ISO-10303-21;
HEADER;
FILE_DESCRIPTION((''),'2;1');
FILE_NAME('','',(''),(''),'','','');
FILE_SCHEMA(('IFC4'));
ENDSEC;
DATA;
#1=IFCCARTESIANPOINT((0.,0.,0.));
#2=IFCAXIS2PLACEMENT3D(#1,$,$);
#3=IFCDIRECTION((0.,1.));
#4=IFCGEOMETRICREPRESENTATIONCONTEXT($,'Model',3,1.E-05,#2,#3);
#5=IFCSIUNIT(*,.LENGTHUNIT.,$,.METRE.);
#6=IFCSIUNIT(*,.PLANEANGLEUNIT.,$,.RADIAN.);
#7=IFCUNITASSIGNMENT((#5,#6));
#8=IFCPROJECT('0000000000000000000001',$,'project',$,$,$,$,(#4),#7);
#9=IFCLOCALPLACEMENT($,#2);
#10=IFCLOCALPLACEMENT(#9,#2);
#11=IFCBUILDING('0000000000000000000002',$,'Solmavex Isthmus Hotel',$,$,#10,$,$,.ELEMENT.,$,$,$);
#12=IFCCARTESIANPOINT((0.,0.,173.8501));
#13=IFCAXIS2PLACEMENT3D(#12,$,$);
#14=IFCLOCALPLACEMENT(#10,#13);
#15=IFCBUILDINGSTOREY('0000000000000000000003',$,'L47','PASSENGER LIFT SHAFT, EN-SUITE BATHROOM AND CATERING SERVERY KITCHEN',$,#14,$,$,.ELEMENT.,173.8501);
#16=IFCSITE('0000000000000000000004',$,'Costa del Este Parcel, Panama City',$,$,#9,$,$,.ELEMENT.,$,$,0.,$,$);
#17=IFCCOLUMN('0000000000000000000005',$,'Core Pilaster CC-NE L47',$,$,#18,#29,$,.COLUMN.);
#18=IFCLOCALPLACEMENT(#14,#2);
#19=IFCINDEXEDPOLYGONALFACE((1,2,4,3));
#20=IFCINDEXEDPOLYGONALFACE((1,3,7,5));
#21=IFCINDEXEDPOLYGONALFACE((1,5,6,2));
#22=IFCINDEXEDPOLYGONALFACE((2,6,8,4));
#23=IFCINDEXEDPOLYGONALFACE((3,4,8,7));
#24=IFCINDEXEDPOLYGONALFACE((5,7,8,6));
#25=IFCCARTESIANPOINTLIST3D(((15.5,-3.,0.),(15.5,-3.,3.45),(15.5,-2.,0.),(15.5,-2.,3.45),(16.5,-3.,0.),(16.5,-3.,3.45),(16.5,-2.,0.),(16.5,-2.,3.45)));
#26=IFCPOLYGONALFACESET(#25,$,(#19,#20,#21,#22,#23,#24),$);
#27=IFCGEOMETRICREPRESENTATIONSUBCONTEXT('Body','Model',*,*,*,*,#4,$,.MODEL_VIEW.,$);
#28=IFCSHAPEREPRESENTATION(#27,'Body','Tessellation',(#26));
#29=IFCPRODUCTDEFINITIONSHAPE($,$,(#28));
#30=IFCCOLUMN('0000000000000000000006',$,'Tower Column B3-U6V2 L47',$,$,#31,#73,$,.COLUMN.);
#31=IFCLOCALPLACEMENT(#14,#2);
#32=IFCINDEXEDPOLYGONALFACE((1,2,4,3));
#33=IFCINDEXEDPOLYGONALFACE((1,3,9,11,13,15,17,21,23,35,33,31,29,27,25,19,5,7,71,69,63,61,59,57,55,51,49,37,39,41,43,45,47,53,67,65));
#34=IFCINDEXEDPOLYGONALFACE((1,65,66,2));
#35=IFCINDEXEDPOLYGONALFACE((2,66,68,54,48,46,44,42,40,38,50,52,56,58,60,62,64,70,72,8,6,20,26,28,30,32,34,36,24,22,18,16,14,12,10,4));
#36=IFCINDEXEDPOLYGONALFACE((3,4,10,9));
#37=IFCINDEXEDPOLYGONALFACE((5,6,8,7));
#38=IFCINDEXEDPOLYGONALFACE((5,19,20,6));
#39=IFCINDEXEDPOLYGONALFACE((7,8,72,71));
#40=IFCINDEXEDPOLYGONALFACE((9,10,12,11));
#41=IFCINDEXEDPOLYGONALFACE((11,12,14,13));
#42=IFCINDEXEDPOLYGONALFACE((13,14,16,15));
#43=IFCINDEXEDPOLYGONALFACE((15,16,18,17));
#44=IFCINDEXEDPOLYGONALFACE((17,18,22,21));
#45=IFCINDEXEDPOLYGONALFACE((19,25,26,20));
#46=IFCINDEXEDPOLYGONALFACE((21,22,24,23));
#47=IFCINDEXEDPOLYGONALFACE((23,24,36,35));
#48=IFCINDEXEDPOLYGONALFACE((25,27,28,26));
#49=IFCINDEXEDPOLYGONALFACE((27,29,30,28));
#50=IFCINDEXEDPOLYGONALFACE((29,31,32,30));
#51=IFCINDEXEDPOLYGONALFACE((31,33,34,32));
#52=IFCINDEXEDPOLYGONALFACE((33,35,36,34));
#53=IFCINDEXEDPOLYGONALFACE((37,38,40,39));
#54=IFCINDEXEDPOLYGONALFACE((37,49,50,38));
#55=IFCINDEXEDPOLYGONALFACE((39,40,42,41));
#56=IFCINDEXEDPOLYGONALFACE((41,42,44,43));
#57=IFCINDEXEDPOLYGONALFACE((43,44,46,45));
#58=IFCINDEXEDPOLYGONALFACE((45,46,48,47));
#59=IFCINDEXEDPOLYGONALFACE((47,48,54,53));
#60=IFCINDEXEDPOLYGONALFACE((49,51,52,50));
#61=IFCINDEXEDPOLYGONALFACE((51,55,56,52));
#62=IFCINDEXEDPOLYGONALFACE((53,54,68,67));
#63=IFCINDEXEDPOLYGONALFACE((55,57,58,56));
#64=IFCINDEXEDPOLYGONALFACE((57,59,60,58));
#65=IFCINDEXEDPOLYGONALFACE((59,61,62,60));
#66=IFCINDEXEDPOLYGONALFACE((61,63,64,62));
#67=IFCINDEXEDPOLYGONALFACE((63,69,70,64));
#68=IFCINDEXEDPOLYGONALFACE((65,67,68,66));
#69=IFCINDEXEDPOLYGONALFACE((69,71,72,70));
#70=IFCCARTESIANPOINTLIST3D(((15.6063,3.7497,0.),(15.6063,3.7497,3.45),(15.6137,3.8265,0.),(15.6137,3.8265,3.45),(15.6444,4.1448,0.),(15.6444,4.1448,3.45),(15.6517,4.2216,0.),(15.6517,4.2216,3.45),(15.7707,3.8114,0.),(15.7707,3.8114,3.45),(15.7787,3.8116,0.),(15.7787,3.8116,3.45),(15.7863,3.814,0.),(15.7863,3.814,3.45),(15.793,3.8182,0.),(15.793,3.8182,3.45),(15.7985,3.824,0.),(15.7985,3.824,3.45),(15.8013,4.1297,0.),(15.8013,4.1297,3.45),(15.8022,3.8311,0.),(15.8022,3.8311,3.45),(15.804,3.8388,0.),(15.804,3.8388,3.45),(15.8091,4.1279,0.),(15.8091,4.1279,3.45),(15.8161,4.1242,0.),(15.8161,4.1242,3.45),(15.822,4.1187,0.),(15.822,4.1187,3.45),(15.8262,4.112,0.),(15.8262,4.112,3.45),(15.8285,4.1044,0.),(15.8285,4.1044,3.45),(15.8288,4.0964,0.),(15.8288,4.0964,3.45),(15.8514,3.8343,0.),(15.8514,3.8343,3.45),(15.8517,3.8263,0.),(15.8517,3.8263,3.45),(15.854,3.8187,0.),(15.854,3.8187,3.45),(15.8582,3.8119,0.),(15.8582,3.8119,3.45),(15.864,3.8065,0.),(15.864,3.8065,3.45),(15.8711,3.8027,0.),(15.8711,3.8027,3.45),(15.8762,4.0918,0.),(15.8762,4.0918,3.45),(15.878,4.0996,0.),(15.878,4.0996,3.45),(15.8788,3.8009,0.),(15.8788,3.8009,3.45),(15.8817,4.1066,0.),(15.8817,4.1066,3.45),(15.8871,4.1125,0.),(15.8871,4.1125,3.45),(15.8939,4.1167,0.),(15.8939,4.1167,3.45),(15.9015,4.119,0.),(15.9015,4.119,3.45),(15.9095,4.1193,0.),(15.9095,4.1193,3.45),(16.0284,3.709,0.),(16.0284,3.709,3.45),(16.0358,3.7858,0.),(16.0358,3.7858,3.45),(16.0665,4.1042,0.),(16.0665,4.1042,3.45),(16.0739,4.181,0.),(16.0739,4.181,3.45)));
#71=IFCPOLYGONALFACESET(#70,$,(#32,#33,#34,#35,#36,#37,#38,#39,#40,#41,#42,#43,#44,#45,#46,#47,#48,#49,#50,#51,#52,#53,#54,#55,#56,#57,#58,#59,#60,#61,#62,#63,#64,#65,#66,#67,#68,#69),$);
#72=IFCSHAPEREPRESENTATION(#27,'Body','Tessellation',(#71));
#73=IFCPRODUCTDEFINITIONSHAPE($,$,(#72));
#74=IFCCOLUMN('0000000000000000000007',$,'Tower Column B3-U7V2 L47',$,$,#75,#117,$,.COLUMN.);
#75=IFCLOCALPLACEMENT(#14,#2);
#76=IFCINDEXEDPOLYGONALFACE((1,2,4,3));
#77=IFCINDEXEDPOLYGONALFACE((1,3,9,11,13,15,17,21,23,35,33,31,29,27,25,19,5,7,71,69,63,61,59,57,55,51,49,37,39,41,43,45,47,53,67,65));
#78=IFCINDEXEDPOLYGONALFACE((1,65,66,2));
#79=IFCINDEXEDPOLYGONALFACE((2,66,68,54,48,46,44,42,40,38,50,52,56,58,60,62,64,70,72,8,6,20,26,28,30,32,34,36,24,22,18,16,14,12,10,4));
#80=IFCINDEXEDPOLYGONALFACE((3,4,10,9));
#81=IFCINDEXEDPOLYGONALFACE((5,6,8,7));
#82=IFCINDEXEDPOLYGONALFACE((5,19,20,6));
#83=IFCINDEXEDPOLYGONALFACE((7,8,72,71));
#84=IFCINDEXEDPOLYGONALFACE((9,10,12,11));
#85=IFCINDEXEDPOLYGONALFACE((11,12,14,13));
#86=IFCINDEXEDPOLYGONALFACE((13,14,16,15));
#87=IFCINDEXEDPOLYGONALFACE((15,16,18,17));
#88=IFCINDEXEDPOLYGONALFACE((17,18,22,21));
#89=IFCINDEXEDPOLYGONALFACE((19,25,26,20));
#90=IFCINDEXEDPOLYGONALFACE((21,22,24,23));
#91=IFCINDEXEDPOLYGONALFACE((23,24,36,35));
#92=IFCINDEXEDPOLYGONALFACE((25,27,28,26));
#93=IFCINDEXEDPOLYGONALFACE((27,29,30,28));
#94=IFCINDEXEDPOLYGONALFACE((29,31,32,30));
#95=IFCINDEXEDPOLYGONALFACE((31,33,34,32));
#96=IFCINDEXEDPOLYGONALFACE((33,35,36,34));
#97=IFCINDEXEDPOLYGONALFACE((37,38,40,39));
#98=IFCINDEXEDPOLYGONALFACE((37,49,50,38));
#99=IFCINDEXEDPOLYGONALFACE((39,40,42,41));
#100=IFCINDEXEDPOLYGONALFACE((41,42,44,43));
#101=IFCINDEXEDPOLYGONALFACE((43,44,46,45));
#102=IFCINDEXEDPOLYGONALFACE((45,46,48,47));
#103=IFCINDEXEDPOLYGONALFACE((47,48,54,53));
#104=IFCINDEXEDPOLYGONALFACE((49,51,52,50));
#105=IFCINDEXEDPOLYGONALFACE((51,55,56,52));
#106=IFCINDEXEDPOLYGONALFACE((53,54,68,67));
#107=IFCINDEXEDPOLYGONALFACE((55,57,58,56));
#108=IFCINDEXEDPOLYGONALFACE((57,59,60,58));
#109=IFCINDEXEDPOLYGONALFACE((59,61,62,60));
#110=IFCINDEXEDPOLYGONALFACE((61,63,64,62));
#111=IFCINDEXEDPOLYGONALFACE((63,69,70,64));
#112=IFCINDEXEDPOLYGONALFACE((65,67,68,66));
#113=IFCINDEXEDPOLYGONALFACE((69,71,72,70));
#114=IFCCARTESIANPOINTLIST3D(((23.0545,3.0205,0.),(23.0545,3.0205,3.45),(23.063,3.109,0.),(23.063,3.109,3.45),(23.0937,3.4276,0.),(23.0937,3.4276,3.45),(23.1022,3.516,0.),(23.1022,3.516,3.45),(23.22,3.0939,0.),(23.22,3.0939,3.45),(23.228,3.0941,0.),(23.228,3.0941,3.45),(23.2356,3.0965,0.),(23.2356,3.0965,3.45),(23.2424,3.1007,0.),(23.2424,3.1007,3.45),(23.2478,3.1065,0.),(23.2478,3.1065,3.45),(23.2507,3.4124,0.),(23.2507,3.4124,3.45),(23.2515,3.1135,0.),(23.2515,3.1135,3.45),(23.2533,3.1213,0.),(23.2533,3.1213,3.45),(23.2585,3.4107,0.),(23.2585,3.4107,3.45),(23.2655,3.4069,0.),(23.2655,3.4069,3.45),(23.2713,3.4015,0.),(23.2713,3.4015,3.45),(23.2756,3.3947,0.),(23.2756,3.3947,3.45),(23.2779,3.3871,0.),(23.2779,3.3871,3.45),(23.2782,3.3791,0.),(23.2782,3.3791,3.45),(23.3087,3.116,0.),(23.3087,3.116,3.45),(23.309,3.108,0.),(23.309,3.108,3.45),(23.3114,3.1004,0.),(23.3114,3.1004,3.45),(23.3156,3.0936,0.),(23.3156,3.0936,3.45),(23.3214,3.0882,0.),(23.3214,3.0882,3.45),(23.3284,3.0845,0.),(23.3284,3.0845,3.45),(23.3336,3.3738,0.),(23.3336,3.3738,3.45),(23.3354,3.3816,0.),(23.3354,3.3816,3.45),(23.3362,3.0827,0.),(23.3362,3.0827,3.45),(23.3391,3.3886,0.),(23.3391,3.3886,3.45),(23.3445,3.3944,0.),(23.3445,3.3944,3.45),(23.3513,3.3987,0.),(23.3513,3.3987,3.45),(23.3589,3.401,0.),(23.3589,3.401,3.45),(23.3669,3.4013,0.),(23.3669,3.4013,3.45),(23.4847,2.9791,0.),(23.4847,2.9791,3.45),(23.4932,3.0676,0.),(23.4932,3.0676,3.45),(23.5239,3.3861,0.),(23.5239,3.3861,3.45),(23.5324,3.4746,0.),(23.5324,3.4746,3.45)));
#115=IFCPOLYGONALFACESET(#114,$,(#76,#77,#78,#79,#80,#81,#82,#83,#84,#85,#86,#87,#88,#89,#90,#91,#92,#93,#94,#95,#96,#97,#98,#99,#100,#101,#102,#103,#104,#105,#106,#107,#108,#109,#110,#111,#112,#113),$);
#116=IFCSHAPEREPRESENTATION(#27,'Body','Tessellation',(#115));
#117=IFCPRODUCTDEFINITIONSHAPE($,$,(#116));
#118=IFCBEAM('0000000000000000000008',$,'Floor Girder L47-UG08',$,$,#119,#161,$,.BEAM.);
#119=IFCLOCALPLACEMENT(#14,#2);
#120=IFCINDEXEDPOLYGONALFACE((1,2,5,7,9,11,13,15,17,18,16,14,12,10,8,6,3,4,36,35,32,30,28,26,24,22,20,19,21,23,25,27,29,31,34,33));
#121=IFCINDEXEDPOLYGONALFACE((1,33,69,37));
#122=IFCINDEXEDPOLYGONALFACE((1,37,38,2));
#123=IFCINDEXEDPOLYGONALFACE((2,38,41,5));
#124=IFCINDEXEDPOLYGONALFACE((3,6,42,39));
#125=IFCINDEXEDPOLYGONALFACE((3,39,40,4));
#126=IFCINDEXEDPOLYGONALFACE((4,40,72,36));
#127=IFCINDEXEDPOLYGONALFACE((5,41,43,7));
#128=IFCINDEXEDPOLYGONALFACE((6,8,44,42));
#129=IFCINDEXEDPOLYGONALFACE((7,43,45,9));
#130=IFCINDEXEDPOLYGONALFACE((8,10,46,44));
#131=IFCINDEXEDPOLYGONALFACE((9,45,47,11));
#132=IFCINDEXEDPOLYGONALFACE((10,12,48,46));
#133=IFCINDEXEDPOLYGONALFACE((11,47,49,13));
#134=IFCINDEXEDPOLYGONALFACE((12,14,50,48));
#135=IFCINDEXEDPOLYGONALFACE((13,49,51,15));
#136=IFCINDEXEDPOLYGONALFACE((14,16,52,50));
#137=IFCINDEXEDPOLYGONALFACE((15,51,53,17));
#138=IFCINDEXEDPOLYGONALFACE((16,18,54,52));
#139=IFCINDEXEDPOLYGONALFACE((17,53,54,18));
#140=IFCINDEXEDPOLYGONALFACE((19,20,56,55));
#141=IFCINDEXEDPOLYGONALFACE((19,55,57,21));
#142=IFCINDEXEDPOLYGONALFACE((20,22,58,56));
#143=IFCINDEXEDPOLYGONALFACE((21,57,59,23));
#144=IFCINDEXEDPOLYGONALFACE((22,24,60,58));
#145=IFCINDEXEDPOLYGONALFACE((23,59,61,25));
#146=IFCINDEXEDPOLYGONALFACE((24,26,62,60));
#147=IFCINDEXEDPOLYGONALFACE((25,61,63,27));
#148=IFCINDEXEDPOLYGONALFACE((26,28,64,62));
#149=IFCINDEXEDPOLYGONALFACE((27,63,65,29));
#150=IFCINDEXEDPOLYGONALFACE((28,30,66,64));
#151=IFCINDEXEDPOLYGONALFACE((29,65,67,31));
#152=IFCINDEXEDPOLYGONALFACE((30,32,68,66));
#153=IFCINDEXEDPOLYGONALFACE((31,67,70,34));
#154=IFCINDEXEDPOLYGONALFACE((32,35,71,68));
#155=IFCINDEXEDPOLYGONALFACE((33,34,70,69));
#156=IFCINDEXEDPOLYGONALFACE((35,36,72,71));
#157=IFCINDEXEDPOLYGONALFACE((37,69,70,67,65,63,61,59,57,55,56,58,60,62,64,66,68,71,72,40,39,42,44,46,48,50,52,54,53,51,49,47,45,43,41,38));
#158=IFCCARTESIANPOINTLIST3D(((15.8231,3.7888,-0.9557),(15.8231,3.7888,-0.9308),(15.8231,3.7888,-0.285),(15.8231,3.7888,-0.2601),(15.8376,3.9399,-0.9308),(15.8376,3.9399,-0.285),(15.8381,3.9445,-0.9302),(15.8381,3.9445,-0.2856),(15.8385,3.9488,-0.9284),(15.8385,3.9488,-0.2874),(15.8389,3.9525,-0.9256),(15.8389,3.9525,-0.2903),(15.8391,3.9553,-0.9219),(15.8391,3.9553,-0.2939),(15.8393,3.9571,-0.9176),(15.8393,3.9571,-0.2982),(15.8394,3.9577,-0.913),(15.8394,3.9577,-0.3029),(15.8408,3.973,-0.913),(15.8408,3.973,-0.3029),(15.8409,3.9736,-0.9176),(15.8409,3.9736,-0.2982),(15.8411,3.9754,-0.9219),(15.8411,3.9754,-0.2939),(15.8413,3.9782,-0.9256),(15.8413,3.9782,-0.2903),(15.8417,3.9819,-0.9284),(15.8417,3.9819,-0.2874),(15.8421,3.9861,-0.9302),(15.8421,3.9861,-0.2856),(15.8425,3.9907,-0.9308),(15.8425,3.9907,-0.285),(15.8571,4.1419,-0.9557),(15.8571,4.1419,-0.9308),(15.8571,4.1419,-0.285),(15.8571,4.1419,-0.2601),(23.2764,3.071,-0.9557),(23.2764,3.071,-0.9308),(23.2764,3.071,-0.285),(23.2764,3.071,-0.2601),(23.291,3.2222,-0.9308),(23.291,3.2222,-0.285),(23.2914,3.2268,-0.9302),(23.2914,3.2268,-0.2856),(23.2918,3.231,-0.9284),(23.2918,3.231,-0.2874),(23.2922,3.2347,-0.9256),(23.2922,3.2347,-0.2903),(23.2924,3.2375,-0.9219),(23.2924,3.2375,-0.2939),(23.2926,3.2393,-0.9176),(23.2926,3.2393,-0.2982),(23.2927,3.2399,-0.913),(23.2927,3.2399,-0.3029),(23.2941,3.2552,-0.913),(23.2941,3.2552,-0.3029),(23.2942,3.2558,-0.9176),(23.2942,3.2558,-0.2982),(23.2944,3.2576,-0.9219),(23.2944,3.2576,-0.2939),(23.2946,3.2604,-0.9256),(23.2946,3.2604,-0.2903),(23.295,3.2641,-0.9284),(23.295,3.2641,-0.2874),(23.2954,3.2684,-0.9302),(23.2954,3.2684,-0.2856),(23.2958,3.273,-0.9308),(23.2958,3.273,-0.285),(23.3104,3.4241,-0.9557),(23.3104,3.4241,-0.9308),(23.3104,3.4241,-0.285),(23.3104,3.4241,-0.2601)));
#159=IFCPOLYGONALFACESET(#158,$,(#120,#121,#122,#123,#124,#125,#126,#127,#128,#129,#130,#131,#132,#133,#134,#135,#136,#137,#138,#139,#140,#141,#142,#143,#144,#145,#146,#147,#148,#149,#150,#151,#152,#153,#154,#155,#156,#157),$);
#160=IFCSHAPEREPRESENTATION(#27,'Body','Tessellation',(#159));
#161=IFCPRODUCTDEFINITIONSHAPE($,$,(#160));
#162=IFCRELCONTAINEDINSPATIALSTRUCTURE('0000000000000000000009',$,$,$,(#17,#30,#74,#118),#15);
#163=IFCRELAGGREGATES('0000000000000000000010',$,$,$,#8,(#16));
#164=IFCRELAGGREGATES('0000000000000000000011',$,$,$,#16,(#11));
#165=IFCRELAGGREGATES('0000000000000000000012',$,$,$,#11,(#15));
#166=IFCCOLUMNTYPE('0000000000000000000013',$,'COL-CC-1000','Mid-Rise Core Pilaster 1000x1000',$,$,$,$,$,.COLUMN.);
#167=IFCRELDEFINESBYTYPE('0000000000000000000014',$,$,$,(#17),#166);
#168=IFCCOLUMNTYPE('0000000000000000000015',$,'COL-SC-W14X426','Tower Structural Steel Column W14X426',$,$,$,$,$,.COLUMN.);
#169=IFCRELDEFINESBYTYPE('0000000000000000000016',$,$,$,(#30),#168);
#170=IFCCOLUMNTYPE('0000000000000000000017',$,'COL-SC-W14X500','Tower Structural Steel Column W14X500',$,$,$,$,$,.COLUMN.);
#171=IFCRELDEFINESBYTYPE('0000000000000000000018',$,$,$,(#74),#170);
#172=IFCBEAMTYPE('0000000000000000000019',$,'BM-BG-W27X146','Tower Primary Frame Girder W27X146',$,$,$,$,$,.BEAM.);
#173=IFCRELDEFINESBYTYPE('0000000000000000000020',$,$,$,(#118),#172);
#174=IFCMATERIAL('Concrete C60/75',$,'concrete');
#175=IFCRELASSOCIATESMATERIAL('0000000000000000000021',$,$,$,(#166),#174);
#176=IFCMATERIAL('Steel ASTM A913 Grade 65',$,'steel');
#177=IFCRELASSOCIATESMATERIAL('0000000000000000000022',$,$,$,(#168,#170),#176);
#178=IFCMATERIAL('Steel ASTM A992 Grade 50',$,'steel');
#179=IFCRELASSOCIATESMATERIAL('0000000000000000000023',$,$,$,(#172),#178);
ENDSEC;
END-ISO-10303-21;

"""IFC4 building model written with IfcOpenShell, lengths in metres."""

from ifc_helpers import new_model, si_unit, direction, frame, origin, origin_2d, place, context, subcontext, project, spatial, rectangle, i_section, extrude, material, material_profile, profile_set, type_object, element, save


model = new_model("IFC4")

# Units and contexts
model_context = context("Model", 3, precision=1e-05, world=origin(), true_north=direction((0.0, 1.0)))
body_context = subcontext(model_context, "Body", "Model", "MODEL_VIEW")
ifc_project = project(units=[si_unit("LENGTHUNIT", "METRE"), si_unit("PLANEANGLEUNIT", "RADIAN")], contexts=[model_context])

# Site, building, storey
site_placement = place(None, origin())
site = spatial("IfcSite", under=ifc_project, at=site_placement, Name="Costa del Este Parcel, Panama City", CompositionType="ELEMENT", RefElevation=0.0)
building_placement = place(site_placement, origin())
building = spatial("IfcBuilding", under=site, at=building_placement, Name="Solmavex Isthmus Hotel", CompositionType="ELEMENT")
storey_placement = place(building_placement, frame((0.0, 0.0, 173.8501)))
storey = spatial("IfcBuildingStorey", under=building, at=storey_placement, Name="L47", Description="PASSENGER LIFT SHAFT, EN-SUITE BATHROOM AND CATERING SERVERY KITCHEN", CompositionType="ELEMENT", Elevation=173.8501)

# Columns
ifc_material_1 = material(Name="Concrete C60/75", Category="concrete")
ifc_material_profile_1 = material_profile(ifc_material_1, rectangle(XDim=1.0, YDim=1.0, at=origin_2d()), Name="RC1000X1000")
ifc_profile_set_1 = profile_set([ifc_material_profile_1], Name="Concrete C60/75")
column_type_1 = type_object("IfcColumnType", Name="COL-CC-1000", Description="Mid-Rise Core Pilaster 1000x1000", PredefinedType="COLUMN", material=ifc_profile_set_1)
column_1_placement = place(storey_placement, frame((16.0, -2.5, 0.0), z_axis=(0.0, 0.0, 1.0), x_axis=(1.0, 0.0, 0.0)))
element("IfcColumn", 1, at=column_1_placement, inside=storey, type_object=column_type_1, Name="Core Pilaster CC-NE L47", PredefinedType="COLUMN", context=body_context, shape_type="SweptSolid", body=[
    extrude(rectangle(XDim=1.0, YDim=1.0, at=origin_2d()), origin(), (0.0, 0.0, 1.0), 3.45),
])
ifc_material_2 = material(Name="Steel ASTM A913 Grade 65", Category="steel")
ifc_material_profile_2 = material_profile(ifc_material_2, i_section(OverallWidth=0.4241, OverallDepth=0.4741, WebThickness=0.0476, FlangeThickness=0.0771, FilletRadius=0.0305, at=origin_2d()), Name="W14X426")
ifc_profile_set_2 = profile_set([ifc_material_profile_2], Name="Steel ASTM A913 Grade 65")
column_type_2 = type_object("IfcColumnType", Name="COL-SC-W14X426", Description="Tower Structural Steel Column W14X426", PredefinedType="COLUMN", material=ifc_profile_set_2)
column_2_placement = place(storey_placement, frame((15.8401, 3.9653, 0.0), z_axis=(0.0, 0.0, 1.0), x_axis=(0.995396, -0.095846, 0.0)))
element("IfcColumn", 2, at=column_2_placement, inside=storey, type_object=column_type_2, Name="Tower Column B3-U6V2 L47", PredefinedType="COLUMN", context=body_context, shape_type="SweptSolid", body=[
    extrude(i_section(OverallWidth=0.4241, OverallDepth=0.4741, WebThickness=0.0476, FlangeThickness=0.0771, FilletRadius=0.0305, at=origin_2d()), origin(), (0.0, 0.0, 1.0), 3.45),
])
ifc_material_profile_3 = material_profile(ifc_material_2, i_section(OverallWidth=0.4321, OverallDepth=0.4978, WebThickness=0.0557, FlangeThickness=0.0889, FilletRadius=0.0305, at=origin_2d()), Name="W14X500")
ifc_profile_set_3 = profile_set([ifc_material_profile_3], Name="Steel ASTM A913 Grade 65")
column_type_3 = type_object("IfcColumnType", Name="COL-SC-W14X500", Description="Tower Structural Steel Column W14X500", PredefinedType="COLUMN", material=ifc_profile_set_3)
column_3_placement = place(storey_placement, frame((23.2935, 3.2476, 0.0), z_axis=(0.0, 0.0, 1.0), x_axis=(0.995396, -0.095846, 0.0)))
element("IfcColumn", 3, at=column_3_placement, inside=storey, type_object=column_type_3, Name="Tower Column B3-U7V2 L47", PredefinedType="COLUMN", context=body_context, shape_type="SweptSolid", body=[
    extrude(i_section(OverallWidth=0.4321, OverallDepth=0.4978, WebThickness=0.0557, FlangeThickness=0.0889, FilletRadius=0.0305, at=origin_2d()), origin(), (0.0, 0.0, 1.0), 3.45),
])

# Beam
ifc_material_3 = material(Name="Steel ASTM A992 Grade 50", Category="steel")
ifc_material_profile_4 = material_profile(ifc_material_3, i_section(OverallWidth=0.3547, OverallDepth=0.6956, WebThickness=0.0154, FlangeThickness=0.0249, FilletRadius=0.0178, at=origin_2d()), Name="W27X146")
ifc_profile_set_4 = profile_set([ifc_material_profile_4], Name="Steel ASTM A992 Grade 50")
beam_type_1 = type_object("IfcBeamType", Name="BM-BG-W27X146", Description="Tower Primary Frame Girder W27X146", PredefinedType="BEAM", material=ifc_profile_set_4)
beam_1_placement = place(storey_placement, frame((15.8401, 3.9653, -0.6079), z_axis=(0.995395, -0.095858, 0.0), x_axis=(0.095858, 0.995395, 0.0)))
element("IfcBeam", 4, at=beam_1_placement, inside=storey, type_object=beam_type_1, Name="Floor Girder L47-UG08", PredefinedType="BEAM", context=body_context, shape_type="SweptSolid", body=[
    extrude(i_section(OverallWidth=0.3547, OverallDepth=0.6956, WebThickness=0.0154, FlangeThickness=0.0249, FilletRadius=0.0178, at=origin_2d()), origin(), (0.0, 0.0, 1.0), 7.4878),
])

save(model, "model.ifc")
